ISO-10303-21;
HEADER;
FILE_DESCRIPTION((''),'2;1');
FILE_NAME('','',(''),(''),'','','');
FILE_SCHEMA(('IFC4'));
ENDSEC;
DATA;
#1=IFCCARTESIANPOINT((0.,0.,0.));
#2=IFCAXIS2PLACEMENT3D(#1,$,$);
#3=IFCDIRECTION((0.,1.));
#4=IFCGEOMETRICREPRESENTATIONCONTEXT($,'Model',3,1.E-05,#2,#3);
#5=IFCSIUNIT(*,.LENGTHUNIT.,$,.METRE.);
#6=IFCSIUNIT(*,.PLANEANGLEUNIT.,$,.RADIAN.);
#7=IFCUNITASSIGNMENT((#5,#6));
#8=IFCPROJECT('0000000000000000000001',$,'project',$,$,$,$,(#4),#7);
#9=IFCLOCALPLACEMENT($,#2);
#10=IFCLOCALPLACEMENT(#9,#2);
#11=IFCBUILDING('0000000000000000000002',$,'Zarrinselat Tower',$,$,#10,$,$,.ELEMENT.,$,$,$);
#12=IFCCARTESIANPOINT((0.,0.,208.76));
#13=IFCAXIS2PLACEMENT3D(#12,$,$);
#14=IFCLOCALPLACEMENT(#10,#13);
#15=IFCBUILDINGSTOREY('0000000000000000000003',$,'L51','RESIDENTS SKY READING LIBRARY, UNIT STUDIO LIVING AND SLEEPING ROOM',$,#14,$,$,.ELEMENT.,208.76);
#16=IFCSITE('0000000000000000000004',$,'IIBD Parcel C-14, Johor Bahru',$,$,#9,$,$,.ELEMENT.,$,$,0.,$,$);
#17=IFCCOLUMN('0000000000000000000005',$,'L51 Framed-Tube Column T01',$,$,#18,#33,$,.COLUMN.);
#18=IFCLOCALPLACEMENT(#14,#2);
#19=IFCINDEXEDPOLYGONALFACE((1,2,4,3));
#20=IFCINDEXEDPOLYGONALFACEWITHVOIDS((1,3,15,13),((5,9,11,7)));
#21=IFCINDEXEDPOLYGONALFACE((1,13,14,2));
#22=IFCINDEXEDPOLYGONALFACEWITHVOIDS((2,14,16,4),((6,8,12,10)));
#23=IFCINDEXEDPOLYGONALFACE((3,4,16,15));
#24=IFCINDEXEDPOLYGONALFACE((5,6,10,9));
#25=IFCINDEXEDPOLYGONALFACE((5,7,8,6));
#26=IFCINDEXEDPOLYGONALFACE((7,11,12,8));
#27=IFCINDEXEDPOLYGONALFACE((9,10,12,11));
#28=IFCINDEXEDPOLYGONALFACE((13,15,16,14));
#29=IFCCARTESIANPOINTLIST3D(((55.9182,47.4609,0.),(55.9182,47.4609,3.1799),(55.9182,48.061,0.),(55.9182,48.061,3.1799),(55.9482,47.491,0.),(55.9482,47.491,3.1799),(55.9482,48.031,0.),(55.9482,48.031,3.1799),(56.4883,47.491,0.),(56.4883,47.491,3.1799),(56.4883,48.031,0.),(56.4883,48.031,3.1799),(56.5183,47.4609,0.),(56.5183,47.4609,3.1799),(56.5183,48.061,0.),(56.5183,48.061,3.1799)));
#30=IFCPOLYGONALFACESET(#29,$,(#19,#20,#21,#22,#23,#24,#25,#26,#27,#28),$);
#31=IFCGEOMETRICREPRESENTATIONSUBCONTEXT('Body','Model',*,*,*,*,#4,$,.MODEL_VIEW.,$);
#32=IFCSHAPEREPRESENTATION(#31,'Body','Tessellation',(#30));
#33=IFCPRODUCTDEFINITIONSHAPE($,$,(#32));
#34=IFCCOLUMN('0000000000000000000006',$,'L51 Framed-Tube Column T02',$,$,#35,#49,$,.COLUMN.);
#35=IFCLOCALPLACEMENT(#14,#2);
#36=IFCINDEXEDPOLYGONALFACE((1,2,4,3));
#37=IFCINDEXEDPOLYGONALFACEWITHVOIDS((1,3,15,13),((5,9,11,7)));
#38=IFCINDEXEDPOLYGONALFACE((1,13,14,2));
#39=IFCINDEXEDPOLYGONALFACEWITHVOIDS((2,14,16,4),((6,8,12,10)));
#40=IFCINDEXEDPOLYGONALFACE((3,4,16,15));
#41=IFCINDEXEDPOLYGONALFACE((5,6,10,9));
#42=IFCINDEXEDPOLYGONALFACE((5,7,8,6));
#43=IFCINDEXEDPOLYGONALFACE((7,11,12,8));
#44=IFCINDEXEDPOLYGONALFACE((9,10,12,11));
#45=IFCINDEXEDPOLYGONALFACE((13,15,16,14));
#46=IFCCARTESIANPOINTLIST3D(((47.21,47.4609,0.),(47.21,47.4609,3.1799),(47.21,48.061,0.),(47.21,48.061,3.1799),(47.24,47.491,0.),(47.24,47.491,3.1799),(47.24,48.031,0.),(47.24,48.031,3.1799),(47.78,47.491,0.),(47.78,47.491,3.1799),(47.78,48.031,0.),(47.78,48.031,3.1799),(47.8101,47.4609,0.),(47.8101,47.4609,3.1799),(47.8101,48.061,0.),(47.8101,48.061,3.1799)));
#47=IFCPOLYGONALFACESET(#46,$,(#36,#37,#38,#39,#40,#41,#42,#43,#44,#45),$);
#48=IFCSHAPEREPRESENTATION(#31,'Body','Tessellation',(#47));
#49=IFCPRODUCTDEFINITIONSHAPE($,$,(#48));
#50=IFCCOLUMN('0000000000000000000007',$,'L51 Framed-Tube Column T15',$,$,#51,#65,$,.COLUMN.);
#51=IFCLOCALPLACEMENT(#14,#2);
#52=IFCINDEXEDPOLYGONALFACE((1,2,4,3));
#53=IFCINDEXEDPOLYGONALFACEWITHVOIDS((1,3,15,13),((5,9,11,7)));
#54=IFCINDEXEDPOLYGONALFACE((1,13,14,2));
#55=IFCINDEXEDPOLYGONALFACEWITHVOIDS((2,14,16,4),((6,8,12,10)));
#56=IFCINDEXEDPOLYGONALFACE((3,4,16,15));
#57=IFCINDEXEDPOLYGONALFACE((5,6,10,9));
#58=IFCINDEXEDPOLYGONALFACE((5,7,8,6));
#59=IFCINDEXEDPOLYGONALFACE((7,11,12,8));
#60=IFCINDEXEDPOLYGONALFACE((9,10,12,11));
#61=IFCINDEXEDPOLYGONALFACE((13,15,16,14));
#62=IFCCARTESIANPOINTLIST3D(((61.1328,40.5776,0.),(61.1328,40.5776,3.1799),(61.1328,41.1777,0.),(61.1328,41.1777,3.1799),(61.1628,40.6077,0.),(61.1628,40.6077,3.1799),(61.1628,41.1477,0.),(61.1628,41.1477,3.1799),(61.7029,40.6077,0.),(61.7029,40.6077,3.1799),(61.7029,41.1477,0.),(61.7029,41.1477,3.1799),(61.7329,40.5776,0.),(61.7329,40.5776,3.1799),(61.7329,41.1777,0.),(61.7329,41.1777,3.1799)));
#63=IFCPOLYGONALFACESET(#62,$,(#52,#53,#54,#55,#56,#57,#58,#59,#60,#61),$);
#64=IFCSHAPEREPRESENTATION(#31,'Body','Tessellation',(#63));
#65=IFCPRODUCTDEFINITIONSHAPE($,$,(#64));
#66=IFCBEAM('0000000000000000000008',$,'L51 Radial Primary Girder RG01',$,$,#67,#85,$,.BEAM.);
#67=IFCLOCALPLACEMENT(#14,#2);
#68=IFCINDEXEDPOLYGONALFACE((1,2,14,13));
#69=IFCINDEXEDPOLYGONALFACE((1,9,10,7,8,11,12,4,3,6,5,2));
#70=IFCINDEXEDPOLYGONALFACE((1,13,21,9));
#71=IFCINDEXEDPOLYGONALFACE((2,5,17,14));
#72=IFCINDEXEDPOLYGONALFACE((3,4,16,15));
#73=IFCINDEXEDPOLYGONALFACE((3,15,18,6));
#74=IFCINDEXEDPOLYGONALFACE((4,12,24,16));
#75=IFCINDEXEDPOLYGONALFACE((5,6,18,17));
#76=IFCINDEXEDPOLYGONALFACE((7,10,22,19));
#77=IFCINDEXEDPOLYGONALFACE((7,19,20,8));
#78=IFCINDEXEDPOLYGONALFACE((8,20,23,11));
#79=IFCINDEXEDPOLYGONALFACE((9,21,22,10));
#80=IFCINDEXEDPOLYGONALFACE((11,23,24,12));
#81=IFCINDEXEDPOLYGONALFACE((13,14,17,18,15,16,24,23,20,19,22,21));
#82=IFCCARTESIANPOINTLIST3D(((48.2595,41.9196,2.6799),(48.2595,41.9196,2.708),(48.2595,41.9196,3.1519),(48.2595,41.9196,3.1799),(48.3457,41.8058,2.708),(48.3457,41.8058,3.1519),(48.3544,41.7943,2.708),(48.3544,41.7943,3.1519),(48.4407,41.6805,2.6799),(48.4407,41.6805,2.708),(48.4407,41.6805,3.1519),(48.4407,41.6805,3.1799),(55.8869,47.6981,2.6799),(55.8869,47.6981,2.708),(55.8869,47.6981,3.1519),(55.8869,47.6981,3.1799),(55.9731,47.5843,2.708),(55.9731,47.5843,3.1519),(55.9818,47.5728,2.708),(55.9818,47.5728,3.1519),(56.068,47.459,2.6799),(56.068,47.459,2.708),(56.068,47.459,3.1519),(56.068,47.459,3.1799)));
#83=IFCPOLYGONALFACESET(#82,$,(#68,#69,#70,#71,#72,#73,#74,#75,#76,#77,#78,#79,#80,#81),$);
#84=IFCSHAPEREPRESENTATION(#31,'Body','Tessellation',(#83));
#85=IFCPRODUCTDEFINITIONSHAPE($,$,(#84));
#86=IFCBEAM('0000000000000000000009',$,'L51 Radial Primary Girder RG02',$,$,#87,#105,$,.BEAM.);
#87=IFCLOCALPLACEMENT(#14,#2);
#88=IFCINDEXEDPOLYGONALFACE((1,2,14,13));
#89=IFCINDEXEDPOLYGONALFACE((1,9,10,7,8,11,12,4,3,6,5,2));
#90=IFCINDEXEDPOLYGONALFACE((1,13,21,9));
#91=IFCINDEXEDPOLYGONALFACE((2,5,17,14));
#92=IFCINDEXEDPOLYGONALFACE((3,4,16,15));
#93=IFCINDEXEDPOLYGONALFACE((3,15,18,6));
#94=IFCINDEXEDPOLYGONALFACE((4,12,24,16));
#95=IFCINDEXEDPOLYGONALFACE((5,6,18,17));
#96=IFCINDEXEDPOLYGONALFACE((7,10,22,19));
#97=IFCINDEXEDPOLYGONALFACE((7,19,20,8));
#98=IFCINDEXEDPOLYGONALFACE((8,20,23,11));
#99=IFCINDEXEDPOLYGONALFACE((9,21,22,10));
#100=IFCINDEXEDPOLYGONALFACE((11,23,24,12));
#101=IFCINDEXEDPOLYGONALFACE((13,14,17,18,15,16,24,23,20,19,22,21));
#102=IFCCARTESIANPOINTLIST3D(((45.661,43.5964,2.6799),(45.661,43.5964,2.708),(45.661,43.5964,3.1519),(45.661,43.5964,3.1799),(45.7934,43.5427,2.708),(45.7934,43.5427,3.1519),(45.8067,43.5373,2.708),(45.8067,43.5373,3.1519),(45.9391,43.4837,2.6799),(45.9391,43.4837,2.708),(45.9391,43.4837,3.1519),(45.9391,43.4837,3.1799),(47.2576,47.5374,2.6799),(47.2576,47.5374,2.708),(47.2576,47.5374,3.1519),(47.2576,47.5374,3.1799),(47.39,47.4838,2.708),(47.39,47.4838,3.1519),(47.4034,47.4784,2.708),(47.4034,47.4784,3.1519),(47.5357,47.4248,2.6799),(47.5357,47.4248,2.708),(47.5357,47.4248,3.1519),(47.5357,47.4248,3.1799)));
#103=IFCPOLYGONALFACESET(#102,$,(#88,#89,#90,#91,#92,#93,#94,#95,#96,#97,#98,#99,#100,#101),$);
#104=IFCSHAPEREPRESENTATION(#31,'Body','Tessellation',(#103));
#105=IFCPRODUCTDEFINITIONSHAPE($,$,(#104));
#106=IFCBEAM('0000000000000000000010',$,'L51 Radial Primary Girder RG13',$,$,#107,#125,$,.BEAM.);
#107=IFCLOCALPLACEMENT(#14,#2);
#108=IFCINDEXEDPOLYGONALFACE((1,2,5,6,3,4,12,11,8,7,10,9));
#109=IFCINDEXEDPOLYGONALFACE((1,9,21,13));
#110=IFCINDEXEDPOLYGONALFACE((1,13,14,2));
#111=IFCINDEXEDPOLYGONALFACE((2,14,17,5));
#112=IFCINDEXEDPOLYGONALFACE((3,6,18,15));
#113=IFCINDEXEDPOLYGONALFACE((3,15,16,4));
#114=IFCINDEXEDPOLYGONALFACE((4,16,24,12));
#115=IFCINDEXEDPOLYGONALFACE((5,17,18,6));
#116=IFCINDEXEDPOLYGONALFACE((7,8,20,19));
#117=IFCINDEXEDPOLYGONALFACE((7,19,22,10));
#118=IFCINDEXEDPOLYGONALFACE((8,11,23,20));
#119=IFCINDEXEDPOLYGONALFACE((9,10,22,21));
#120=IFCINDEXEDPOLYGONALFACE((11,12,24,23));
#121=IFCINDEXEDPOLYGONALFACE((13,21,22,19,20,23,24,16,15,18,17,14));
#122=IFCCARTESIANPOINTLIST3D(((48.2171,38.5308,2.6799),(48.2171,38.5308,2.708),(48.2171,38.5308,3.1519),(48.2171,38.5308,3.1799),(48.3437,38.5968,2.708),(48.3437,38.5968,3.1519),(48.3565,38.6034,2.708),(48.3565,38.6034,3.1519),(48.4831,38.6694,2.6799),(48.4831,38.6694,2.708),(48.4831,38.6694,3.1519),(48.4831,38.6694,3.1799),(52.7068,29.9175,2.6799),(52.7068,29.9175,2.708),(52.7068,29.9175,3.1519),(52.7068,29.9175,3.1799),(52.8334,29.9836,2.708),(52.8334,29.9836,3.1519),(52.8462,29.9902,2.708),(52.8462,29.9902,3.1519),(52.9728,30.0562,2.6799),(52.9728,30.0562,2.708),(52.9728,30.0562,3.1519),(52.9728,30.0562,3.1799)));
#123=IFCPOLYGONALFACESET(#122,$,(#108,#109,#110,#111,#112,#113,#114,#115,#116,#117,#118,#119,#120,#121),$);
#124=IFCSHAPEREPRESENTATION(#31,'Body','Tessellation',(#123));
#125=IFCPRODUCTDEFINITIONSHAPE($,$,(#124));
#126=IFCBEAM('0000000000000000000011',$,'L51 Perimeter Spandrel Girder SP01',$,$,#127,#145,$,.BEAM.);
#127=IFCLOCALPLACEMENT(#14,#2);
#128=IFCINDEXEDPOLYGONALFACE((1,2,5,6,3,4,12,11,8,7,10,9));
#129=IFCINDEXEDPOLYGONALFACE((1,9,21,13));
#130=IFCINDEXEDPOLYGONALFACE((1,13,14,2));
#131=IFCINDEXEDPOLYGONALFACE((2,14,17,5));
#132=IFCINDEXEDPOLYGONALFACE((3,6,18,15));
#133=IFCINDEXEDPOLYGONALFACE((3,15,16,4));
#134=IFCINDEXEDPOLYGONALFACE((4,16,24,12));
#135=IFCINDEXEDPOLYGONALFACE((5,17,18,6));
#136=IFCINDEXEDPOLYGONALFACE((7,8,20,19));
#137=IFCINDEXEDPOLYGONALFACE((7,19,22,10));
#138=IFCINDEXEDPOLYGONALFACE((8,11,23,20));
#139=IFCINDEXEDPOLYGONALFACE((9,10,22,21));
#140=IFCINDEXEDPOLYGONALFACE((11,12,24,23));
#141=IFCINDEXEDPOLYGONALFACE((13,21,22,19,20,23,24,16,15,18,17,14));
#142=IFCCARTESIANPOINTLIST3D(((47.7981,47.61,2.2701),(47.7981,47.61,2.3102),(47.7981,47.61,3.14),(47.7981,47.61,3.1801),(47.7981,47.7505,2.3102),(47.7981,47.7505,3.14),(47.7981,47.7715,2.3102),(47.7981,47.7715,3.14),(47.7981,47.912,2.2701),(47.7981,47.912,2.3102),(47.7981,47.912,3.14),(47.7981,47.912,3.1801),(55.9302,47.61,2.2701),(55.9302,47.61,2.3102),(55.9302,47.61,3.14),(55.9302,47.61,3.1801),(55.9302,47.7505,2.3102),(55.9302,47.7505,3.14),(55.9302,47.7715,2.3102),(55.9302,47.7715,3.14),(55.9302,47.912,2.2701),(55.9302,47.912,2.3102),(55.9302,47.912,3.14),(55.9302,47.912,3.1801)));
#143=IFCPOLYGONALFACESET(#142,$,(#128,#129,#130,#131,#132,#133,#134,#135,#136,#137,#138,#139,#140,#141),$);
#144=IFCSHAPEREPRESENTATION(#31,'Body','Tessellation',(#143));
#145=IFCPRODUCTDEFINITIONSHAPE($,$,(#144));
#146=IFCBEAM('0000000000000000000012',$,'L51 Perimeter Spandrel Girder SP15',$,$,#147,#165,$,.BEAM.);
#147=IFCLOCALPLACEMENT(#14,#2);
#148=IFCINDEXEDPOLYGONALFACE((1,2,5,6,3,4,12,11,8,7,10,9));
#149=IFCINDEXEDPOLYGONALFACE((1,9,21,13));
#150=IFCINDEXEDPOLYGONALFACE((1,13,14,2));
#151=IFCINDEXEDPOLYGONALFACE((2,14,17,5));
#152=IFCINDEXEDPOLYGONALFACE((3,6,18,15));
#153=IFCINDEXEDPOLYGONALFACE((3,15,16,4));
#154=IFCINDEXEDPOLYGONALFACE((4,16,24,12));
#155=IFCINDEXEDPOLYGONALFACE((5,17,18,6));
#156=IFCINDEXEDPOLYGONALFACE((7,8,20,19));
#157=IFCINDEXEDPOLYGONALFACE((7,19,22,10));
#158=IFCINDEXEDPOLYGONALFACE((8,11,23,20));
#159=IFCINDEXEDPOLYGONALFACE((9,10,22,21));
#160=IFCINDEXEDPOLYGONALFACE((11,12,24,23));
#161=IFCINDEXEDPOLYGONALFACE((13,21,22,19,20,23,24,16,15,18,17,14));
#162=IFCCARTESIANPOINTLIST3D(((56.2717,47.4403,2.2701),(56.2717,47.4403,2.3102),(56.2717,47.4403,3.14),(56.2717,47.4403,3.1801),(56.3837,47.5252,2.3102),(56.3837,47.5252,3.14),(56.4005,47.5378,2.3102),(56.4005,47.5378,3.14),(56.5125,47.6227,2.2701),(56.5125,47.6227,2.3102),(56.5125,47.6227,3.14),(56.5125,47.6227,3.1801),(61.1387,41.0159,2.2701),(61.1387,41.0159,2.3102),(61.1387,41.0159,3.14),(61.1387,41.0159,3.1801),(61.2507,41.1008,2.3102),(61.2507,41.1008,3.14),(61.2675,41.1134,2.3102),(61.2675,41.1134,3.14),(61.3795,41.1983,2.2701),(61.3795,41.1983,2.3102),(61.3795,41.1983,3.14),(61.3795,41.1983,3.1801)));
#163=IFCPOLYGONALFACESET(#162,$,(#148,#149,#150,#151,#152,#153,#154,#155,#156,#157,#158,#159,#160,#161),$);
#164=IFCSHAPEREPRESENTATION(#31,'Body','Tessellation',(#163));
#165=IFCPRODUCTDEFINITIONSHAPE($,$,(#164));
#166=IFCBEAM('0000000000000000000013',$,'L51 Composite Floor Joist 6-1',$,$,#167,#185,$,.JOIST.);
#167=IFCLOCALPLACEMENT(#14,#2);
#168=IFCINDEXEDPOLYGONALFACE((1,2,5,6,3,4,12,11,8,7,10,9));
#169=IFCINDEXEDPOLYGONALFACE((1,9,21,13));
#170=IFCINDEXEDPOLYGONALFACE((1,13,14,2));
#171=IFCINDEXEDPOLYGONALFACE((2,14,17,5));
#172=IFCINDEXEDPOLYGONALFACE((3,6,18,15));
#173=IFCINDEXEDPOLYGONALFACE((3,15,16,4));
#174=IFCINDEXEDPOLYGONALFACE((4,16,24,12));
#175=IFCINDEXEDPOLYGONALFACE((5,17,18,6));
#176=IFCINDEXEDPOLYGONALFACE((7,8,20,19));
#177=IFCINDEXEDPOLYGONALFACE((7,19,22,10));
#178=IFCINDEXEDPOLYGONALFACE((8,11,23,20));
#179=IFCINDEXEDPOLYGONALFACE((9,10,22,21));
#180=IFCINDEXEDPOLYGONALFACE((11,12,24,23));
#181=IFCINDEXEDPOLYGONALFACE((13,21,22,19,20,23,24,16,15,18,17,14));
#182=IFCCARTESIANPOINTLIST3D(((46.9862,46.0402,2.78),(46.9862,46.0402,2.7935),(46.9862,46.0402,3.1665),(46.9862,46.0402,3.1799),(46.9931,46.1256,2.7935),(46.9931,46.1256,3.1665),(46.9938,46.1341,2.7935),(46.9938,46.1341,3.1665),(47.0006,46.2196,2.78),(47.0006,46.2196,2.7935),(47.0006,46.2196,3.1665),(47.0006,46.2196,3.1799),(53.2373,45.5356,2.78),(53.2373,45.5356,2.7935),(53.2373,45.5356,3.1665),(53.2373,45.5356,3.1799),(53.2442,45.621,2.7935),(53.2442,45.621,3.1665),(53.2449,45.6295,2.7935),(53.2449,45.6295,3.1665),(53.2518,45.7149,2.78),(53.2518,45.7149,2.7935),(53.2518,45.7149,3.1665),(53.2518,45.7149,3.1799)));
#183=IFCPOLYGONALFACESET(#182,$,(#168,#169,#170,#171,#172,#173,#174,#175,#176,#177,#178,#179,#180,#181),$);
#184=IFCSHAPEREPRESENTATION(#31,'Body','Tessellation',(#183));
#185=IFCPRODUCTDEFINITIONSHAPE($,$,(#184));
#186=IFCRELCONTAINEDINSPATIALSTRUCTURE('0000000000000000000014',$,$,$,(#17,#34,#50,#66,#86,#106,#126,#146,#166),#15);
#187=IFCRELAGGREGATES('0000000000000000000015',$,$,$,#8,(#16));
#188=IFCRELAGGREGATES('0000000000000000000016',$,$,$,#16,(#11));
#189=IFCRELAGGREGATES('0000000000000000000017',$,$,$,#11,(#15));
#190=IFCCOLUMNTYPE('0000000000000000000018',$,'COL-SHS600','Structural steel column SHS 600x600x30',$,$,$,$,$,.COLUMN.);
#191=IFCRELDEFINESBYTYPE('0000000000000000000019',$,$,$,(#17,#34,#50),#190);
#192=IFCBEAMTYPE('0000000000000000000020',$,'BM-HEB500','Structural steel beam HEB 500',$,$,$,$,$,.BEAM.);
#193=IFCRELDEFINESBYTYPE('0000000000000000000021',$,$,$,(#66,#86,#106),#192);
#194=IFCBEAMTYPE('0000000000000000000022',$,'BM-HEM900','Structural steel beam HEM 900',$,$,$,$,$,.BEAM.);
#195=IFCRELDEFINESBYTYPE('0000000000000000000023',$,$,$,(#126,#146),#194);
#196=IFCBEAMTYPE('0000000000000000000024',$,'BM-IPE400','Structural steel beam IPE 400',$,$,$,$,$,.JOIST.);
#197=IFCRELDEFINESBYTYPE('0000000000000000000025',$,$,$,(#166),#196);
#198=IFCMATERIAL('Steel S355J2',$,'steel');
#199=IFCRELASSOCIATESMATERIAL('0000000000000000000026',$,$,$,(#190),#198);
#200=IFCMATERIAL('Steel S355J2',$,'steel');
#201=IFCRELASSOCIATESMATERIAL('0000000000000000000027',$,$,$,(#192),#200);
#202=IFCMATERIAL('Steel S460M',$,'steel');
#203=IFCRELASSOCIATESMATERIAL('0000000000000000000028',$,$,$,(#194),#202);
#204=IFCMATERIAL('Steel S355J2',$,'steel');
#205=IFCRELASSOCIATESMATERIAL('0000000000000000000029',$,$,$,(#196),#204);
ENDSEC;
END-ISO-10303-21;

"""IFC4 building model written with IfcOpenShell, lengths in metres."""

from ifc_helpers import new_model, si_unit, direction, frame, origin, origin_2d, place, context, subcontext, project, spatial, hollow_rectangle, i_section, extrude, material, material_profile, profile_set, type_object, element, save


model = new_model("IFC4")

# Units and contexts
model_context = context("Model", 3, precision=1e-05, world=origin(), true_north=direction((0.0, 1.0)))
body_context = subcontext(model_context, "Body", "Model", "MODEL_VIEW")
ifc_project = project(units=[si_unit("LENGTHUNIT", "METRE"), si_unit("PLANEANGLEUNIT", "RADIAN")], contexts=[model_context])

# Site, building, storey
site_placement = place(None, origin())
site = spatial("IfcSite", under=ifc_project, at=site_placement, Name="IIBD Parcel C-14, Johor Bahru", CompositionType="ELEMENT", RefElevation=0.0)
building_placement = place(site_placement, origin())
building = spatial("IfcBuilding", under=site, at=building_placement, Name="Zarrinselat Tower", CompositionType="ELEMENT")
storey_placement = place(building_placement, frame((0.0, 0.0, 208.76)))
storey = spatial("IfcBuildingStorey", under=building, at=storey_placement, Name="L51", Description="RESIDENTS SKY READING LIBRARY, UNIT STUDIO LIVING AND SLEEPING ROOM", CompositionType="ELEMENT", Elevation=208.76)

# Columns
ifc_material_1 = material(Name="Steel S355J2", Category="steel")
ifc_material_profile_1 = material_profile(ifc_material_1, hollow_rectangle(XDim=0.6001, YDim=0.6001, WallThickness=0.03, at=origin_2d()), Name="SHS 600x600x30")
ifc_profile_set_1 = profile_set([ifc_material_profile_1], Name="Steel S355J2")
column_type = type_object("IfcColumnType", Name="COL-SHS600", Description="Structural steel column SHS 600x600x30", PredefinedType="COLUMN", material=ifc_profile_set_1)
for number, where, z_axis, x_axis, name in (
    (1, (56.2183, 47.761, 0.0), (0.0, 0.0, 1.0), (1.0, 0.0, 0.0), "L51 Framed-Tube Column T01"),
    (2, (47.51, 47.761, 0.0), (0.0, 0.0, 1.0), (1.0, 0.0, 0.0), "L51 Framed-Tube Column T02"),
    (3, (61.4329, 40.8777, 0.0), (0.0, 0.0, 1.0), (1.0, 0.0, 0.0), "L51 Framed-Tube Column T15"),
):
    element("IfcColumn", number, at=place(storey_placement, frame(where, z_axis=z_axis, x_axis=x_axis)), inside=storey, type_object=column_type, Name=name, PredefinedType="COLUMN", context=body_context, shape_type="SweptSolid", body=[
        extrude(hollow_rectangle(XDim=0.6001, YDim=0.6001, WallThickness=0.03, at=origin_2d()), origin(), (0.0, 0.0, 1.0), 3.1799),
    ])

# Beams
ifc_material_2 = material(Name="Steel S355J2", Category="steel")
ifc_material_profile_2 = material_profile(ifc_material_2, i_section(OverallWidth=0.3, OverallDepth=0.5, WebThickness=0.0144, FlangeThickness=0.0281, at=origin_2d()), Name="HEB 500")
ifc_profile_set_2 = profile_set([ifc_material_profile_2], Name="Steel S355J2")
beam_type_1 = type_object("IfcBeamType", Name="BM-HEB500", Description="Structural steel beam HEB 500", PredefinedType="BEAM", material=ifc_profile_set_2)
beam_1_placement = place(storey_placement, frame((48.3501, 41.8, 2.9299), z_axis=(0.797082, 0.603871, 0.0), x_axis=(-0.603871, 0.797082, 0.0)))
element("IfcBeam", 4, at=beam_1_placement, inside=storey, type_object=beam_type_1, Name="L51 Radial Primary Girder RG01", PredefinedType="BEAM", context=body_context, shape_type="SweptSolid", body=[
    extrude(i_section(OverallWidth=0.3, OverallDepth=0.5, WebThickness=0.0144, FlangeThickness=0.0281, at=origin_2d()), origin(), (0.0, 0.0, 1.0), 9.5691),
])
beam_2_placement = place(storey_placement, frame((45.8, 43.54, 2.9299), z_axis=(0.375485, 0.926828, 0.0), x_axis=(-0.926828, 0.375485, 0.0)))
element("IfcBeam", 5, at=beam_2_placement, inside=storey, type_object=beam_type_1, Name="L51 Radial Primary Girder RG02", PredefinedType="BEAM", context=body_context, shape_type="SweptSolid", body=[
    extrude(i_section(OverallWidth=0.3, OverallDepth=0.5, WebThickness=0.0144, FlangeThickness=0.0281, at=origin_2d()), origin(), (0.0, 0.0, 1.0), 4.2522),
])
beam_3_placement = place(storey_placement, frame((48.3501, 38.6001, 2.9299), z_axis=(0.462231, -0.88676, 0.0), x_axis=(0.88676, 0.462231, 0.0)))
element("IfcBeam", 6, at=beam_3_placement, inside=storey, type_object=beam_type_1, Name="L51 Radial Primary Girder RG13", PredefinedType="BEAM", context=body_context, shape_type="SweptSolid", body=[
    extrude(i_section(OverallWidth=0.3, OverallDepth=0.5, WebThickness=0.0144, FlangeThickness=0.0281, at=origin_2d()), origin(), (0.0, 0.0, 1.0), 9.7131),
])
ifc_material_3 = material(Name="Steel S460M", Category="steel")
ifc_material_profile_3 = material_profile(ifc_material_3, i_section(OverallWidth=0.302, OverallDepth=0.9099, WebThickness=0.021, FlangeThickness=0.04, at=origin_2d()), Name="HEM 900")
ifc_profile_set_3 = profile_set([ifc_material_profile_3], Name="Steel S460M")
beam_type_2 = type_object("IfcBeamType", Name="BM-HEM900", Description="Structural steel beam HEM 900", PredefinedType="BEAM", material=ifc_profile_set_3)
beam_4_placement = place(storey_placement, frame((47.7981, 47.761, 2.7251), z_axis=(1.0, 0.0, 0.0), x_axis=(0.0, 1.0, 0.0)))
element("IfcBeam", 7, at=beam_4_placement, inside=storey, type_object=beam_type_2, Name="L51 Perimeter Spandrel Girder SP01", PredefinedType="BEAM", context=body_context, shape_type="SweptSolid", body=[
    extrude(i_section(OverallWidth=0.302, OverallDepth=0.9099, WebThickness=0.021, FlangeThickness=0.04, at=origin_2d()), origin(), (0.0, 0.0, 1.0), 8.1321),
])
beam_5_placement = place(storey_placement, frame((56.3921, 47.5315, 2.7251), z_axis=(0.603861, -0.79709, 0.0), x_axis=(0.79709, 0.603861, 0.0)))
element("IfcBeam", 8, at=beam_5_placement, inside=storey, type_object=beam_type_2, Name="L51 Perimeter Spandrel Girder SP15", PredefinedType="BEAM", context=body_context, shape_type="SweptSolid", body=[
    extrude(i_section(OverallWidth=0.302, OverallDepth=0.9099, WebThickness=0.021, FlangeThickness=0.04, at=origin_2d()), origin(), (0.0, 0.0, 1.0), 8.0598),
])
ifc_material_4 = material(Name="Steel S355J2", Category="steel")
ifc_material_profile_4 = material_profile(ifc_material_4, i_section(OverallWidth=0.1799, OverallDepth=0.3999, WebThickness=0.0085, FlangeThickness=0.0134, at=origin_2d()), Name="IPE 400")
ifc_profile_set_4 = profile_set([ifc_material_profile_4], Name="Steel S355J2")
beam_type_3 = type_object("IfcBeamType", Name="BM-IPE400", Description="Structural steel beam IPE 400", PredefinedType="JOIST", material=ifc_profile_set_4)
beam_6_placement = place(storey_placement, frame((46.9934, 46.1299, 2.98), z_axis=(0.996757, -0.080465, 0.0), x_axis=(0.080465, 0.996757, 0.0)))
element("IfcBeam", 9, at=beam_6_placement, inside=storey, type_object=beam_type_3, Name="L51 Composite Floor Joist 6-1", PredefinedType="JOIST", context=body_context, shape_type="SweptSolid", body=[
    extrude(i_section(OverallWidth=0.1799, OverallDepth=0.3999, WebThickness=0.0085, FlangeThickness=0.0134, at=origin_2d()), origin(), (0.0, 0.0, 1.0), 6.2715),
])

save(model, "model.ifc")
